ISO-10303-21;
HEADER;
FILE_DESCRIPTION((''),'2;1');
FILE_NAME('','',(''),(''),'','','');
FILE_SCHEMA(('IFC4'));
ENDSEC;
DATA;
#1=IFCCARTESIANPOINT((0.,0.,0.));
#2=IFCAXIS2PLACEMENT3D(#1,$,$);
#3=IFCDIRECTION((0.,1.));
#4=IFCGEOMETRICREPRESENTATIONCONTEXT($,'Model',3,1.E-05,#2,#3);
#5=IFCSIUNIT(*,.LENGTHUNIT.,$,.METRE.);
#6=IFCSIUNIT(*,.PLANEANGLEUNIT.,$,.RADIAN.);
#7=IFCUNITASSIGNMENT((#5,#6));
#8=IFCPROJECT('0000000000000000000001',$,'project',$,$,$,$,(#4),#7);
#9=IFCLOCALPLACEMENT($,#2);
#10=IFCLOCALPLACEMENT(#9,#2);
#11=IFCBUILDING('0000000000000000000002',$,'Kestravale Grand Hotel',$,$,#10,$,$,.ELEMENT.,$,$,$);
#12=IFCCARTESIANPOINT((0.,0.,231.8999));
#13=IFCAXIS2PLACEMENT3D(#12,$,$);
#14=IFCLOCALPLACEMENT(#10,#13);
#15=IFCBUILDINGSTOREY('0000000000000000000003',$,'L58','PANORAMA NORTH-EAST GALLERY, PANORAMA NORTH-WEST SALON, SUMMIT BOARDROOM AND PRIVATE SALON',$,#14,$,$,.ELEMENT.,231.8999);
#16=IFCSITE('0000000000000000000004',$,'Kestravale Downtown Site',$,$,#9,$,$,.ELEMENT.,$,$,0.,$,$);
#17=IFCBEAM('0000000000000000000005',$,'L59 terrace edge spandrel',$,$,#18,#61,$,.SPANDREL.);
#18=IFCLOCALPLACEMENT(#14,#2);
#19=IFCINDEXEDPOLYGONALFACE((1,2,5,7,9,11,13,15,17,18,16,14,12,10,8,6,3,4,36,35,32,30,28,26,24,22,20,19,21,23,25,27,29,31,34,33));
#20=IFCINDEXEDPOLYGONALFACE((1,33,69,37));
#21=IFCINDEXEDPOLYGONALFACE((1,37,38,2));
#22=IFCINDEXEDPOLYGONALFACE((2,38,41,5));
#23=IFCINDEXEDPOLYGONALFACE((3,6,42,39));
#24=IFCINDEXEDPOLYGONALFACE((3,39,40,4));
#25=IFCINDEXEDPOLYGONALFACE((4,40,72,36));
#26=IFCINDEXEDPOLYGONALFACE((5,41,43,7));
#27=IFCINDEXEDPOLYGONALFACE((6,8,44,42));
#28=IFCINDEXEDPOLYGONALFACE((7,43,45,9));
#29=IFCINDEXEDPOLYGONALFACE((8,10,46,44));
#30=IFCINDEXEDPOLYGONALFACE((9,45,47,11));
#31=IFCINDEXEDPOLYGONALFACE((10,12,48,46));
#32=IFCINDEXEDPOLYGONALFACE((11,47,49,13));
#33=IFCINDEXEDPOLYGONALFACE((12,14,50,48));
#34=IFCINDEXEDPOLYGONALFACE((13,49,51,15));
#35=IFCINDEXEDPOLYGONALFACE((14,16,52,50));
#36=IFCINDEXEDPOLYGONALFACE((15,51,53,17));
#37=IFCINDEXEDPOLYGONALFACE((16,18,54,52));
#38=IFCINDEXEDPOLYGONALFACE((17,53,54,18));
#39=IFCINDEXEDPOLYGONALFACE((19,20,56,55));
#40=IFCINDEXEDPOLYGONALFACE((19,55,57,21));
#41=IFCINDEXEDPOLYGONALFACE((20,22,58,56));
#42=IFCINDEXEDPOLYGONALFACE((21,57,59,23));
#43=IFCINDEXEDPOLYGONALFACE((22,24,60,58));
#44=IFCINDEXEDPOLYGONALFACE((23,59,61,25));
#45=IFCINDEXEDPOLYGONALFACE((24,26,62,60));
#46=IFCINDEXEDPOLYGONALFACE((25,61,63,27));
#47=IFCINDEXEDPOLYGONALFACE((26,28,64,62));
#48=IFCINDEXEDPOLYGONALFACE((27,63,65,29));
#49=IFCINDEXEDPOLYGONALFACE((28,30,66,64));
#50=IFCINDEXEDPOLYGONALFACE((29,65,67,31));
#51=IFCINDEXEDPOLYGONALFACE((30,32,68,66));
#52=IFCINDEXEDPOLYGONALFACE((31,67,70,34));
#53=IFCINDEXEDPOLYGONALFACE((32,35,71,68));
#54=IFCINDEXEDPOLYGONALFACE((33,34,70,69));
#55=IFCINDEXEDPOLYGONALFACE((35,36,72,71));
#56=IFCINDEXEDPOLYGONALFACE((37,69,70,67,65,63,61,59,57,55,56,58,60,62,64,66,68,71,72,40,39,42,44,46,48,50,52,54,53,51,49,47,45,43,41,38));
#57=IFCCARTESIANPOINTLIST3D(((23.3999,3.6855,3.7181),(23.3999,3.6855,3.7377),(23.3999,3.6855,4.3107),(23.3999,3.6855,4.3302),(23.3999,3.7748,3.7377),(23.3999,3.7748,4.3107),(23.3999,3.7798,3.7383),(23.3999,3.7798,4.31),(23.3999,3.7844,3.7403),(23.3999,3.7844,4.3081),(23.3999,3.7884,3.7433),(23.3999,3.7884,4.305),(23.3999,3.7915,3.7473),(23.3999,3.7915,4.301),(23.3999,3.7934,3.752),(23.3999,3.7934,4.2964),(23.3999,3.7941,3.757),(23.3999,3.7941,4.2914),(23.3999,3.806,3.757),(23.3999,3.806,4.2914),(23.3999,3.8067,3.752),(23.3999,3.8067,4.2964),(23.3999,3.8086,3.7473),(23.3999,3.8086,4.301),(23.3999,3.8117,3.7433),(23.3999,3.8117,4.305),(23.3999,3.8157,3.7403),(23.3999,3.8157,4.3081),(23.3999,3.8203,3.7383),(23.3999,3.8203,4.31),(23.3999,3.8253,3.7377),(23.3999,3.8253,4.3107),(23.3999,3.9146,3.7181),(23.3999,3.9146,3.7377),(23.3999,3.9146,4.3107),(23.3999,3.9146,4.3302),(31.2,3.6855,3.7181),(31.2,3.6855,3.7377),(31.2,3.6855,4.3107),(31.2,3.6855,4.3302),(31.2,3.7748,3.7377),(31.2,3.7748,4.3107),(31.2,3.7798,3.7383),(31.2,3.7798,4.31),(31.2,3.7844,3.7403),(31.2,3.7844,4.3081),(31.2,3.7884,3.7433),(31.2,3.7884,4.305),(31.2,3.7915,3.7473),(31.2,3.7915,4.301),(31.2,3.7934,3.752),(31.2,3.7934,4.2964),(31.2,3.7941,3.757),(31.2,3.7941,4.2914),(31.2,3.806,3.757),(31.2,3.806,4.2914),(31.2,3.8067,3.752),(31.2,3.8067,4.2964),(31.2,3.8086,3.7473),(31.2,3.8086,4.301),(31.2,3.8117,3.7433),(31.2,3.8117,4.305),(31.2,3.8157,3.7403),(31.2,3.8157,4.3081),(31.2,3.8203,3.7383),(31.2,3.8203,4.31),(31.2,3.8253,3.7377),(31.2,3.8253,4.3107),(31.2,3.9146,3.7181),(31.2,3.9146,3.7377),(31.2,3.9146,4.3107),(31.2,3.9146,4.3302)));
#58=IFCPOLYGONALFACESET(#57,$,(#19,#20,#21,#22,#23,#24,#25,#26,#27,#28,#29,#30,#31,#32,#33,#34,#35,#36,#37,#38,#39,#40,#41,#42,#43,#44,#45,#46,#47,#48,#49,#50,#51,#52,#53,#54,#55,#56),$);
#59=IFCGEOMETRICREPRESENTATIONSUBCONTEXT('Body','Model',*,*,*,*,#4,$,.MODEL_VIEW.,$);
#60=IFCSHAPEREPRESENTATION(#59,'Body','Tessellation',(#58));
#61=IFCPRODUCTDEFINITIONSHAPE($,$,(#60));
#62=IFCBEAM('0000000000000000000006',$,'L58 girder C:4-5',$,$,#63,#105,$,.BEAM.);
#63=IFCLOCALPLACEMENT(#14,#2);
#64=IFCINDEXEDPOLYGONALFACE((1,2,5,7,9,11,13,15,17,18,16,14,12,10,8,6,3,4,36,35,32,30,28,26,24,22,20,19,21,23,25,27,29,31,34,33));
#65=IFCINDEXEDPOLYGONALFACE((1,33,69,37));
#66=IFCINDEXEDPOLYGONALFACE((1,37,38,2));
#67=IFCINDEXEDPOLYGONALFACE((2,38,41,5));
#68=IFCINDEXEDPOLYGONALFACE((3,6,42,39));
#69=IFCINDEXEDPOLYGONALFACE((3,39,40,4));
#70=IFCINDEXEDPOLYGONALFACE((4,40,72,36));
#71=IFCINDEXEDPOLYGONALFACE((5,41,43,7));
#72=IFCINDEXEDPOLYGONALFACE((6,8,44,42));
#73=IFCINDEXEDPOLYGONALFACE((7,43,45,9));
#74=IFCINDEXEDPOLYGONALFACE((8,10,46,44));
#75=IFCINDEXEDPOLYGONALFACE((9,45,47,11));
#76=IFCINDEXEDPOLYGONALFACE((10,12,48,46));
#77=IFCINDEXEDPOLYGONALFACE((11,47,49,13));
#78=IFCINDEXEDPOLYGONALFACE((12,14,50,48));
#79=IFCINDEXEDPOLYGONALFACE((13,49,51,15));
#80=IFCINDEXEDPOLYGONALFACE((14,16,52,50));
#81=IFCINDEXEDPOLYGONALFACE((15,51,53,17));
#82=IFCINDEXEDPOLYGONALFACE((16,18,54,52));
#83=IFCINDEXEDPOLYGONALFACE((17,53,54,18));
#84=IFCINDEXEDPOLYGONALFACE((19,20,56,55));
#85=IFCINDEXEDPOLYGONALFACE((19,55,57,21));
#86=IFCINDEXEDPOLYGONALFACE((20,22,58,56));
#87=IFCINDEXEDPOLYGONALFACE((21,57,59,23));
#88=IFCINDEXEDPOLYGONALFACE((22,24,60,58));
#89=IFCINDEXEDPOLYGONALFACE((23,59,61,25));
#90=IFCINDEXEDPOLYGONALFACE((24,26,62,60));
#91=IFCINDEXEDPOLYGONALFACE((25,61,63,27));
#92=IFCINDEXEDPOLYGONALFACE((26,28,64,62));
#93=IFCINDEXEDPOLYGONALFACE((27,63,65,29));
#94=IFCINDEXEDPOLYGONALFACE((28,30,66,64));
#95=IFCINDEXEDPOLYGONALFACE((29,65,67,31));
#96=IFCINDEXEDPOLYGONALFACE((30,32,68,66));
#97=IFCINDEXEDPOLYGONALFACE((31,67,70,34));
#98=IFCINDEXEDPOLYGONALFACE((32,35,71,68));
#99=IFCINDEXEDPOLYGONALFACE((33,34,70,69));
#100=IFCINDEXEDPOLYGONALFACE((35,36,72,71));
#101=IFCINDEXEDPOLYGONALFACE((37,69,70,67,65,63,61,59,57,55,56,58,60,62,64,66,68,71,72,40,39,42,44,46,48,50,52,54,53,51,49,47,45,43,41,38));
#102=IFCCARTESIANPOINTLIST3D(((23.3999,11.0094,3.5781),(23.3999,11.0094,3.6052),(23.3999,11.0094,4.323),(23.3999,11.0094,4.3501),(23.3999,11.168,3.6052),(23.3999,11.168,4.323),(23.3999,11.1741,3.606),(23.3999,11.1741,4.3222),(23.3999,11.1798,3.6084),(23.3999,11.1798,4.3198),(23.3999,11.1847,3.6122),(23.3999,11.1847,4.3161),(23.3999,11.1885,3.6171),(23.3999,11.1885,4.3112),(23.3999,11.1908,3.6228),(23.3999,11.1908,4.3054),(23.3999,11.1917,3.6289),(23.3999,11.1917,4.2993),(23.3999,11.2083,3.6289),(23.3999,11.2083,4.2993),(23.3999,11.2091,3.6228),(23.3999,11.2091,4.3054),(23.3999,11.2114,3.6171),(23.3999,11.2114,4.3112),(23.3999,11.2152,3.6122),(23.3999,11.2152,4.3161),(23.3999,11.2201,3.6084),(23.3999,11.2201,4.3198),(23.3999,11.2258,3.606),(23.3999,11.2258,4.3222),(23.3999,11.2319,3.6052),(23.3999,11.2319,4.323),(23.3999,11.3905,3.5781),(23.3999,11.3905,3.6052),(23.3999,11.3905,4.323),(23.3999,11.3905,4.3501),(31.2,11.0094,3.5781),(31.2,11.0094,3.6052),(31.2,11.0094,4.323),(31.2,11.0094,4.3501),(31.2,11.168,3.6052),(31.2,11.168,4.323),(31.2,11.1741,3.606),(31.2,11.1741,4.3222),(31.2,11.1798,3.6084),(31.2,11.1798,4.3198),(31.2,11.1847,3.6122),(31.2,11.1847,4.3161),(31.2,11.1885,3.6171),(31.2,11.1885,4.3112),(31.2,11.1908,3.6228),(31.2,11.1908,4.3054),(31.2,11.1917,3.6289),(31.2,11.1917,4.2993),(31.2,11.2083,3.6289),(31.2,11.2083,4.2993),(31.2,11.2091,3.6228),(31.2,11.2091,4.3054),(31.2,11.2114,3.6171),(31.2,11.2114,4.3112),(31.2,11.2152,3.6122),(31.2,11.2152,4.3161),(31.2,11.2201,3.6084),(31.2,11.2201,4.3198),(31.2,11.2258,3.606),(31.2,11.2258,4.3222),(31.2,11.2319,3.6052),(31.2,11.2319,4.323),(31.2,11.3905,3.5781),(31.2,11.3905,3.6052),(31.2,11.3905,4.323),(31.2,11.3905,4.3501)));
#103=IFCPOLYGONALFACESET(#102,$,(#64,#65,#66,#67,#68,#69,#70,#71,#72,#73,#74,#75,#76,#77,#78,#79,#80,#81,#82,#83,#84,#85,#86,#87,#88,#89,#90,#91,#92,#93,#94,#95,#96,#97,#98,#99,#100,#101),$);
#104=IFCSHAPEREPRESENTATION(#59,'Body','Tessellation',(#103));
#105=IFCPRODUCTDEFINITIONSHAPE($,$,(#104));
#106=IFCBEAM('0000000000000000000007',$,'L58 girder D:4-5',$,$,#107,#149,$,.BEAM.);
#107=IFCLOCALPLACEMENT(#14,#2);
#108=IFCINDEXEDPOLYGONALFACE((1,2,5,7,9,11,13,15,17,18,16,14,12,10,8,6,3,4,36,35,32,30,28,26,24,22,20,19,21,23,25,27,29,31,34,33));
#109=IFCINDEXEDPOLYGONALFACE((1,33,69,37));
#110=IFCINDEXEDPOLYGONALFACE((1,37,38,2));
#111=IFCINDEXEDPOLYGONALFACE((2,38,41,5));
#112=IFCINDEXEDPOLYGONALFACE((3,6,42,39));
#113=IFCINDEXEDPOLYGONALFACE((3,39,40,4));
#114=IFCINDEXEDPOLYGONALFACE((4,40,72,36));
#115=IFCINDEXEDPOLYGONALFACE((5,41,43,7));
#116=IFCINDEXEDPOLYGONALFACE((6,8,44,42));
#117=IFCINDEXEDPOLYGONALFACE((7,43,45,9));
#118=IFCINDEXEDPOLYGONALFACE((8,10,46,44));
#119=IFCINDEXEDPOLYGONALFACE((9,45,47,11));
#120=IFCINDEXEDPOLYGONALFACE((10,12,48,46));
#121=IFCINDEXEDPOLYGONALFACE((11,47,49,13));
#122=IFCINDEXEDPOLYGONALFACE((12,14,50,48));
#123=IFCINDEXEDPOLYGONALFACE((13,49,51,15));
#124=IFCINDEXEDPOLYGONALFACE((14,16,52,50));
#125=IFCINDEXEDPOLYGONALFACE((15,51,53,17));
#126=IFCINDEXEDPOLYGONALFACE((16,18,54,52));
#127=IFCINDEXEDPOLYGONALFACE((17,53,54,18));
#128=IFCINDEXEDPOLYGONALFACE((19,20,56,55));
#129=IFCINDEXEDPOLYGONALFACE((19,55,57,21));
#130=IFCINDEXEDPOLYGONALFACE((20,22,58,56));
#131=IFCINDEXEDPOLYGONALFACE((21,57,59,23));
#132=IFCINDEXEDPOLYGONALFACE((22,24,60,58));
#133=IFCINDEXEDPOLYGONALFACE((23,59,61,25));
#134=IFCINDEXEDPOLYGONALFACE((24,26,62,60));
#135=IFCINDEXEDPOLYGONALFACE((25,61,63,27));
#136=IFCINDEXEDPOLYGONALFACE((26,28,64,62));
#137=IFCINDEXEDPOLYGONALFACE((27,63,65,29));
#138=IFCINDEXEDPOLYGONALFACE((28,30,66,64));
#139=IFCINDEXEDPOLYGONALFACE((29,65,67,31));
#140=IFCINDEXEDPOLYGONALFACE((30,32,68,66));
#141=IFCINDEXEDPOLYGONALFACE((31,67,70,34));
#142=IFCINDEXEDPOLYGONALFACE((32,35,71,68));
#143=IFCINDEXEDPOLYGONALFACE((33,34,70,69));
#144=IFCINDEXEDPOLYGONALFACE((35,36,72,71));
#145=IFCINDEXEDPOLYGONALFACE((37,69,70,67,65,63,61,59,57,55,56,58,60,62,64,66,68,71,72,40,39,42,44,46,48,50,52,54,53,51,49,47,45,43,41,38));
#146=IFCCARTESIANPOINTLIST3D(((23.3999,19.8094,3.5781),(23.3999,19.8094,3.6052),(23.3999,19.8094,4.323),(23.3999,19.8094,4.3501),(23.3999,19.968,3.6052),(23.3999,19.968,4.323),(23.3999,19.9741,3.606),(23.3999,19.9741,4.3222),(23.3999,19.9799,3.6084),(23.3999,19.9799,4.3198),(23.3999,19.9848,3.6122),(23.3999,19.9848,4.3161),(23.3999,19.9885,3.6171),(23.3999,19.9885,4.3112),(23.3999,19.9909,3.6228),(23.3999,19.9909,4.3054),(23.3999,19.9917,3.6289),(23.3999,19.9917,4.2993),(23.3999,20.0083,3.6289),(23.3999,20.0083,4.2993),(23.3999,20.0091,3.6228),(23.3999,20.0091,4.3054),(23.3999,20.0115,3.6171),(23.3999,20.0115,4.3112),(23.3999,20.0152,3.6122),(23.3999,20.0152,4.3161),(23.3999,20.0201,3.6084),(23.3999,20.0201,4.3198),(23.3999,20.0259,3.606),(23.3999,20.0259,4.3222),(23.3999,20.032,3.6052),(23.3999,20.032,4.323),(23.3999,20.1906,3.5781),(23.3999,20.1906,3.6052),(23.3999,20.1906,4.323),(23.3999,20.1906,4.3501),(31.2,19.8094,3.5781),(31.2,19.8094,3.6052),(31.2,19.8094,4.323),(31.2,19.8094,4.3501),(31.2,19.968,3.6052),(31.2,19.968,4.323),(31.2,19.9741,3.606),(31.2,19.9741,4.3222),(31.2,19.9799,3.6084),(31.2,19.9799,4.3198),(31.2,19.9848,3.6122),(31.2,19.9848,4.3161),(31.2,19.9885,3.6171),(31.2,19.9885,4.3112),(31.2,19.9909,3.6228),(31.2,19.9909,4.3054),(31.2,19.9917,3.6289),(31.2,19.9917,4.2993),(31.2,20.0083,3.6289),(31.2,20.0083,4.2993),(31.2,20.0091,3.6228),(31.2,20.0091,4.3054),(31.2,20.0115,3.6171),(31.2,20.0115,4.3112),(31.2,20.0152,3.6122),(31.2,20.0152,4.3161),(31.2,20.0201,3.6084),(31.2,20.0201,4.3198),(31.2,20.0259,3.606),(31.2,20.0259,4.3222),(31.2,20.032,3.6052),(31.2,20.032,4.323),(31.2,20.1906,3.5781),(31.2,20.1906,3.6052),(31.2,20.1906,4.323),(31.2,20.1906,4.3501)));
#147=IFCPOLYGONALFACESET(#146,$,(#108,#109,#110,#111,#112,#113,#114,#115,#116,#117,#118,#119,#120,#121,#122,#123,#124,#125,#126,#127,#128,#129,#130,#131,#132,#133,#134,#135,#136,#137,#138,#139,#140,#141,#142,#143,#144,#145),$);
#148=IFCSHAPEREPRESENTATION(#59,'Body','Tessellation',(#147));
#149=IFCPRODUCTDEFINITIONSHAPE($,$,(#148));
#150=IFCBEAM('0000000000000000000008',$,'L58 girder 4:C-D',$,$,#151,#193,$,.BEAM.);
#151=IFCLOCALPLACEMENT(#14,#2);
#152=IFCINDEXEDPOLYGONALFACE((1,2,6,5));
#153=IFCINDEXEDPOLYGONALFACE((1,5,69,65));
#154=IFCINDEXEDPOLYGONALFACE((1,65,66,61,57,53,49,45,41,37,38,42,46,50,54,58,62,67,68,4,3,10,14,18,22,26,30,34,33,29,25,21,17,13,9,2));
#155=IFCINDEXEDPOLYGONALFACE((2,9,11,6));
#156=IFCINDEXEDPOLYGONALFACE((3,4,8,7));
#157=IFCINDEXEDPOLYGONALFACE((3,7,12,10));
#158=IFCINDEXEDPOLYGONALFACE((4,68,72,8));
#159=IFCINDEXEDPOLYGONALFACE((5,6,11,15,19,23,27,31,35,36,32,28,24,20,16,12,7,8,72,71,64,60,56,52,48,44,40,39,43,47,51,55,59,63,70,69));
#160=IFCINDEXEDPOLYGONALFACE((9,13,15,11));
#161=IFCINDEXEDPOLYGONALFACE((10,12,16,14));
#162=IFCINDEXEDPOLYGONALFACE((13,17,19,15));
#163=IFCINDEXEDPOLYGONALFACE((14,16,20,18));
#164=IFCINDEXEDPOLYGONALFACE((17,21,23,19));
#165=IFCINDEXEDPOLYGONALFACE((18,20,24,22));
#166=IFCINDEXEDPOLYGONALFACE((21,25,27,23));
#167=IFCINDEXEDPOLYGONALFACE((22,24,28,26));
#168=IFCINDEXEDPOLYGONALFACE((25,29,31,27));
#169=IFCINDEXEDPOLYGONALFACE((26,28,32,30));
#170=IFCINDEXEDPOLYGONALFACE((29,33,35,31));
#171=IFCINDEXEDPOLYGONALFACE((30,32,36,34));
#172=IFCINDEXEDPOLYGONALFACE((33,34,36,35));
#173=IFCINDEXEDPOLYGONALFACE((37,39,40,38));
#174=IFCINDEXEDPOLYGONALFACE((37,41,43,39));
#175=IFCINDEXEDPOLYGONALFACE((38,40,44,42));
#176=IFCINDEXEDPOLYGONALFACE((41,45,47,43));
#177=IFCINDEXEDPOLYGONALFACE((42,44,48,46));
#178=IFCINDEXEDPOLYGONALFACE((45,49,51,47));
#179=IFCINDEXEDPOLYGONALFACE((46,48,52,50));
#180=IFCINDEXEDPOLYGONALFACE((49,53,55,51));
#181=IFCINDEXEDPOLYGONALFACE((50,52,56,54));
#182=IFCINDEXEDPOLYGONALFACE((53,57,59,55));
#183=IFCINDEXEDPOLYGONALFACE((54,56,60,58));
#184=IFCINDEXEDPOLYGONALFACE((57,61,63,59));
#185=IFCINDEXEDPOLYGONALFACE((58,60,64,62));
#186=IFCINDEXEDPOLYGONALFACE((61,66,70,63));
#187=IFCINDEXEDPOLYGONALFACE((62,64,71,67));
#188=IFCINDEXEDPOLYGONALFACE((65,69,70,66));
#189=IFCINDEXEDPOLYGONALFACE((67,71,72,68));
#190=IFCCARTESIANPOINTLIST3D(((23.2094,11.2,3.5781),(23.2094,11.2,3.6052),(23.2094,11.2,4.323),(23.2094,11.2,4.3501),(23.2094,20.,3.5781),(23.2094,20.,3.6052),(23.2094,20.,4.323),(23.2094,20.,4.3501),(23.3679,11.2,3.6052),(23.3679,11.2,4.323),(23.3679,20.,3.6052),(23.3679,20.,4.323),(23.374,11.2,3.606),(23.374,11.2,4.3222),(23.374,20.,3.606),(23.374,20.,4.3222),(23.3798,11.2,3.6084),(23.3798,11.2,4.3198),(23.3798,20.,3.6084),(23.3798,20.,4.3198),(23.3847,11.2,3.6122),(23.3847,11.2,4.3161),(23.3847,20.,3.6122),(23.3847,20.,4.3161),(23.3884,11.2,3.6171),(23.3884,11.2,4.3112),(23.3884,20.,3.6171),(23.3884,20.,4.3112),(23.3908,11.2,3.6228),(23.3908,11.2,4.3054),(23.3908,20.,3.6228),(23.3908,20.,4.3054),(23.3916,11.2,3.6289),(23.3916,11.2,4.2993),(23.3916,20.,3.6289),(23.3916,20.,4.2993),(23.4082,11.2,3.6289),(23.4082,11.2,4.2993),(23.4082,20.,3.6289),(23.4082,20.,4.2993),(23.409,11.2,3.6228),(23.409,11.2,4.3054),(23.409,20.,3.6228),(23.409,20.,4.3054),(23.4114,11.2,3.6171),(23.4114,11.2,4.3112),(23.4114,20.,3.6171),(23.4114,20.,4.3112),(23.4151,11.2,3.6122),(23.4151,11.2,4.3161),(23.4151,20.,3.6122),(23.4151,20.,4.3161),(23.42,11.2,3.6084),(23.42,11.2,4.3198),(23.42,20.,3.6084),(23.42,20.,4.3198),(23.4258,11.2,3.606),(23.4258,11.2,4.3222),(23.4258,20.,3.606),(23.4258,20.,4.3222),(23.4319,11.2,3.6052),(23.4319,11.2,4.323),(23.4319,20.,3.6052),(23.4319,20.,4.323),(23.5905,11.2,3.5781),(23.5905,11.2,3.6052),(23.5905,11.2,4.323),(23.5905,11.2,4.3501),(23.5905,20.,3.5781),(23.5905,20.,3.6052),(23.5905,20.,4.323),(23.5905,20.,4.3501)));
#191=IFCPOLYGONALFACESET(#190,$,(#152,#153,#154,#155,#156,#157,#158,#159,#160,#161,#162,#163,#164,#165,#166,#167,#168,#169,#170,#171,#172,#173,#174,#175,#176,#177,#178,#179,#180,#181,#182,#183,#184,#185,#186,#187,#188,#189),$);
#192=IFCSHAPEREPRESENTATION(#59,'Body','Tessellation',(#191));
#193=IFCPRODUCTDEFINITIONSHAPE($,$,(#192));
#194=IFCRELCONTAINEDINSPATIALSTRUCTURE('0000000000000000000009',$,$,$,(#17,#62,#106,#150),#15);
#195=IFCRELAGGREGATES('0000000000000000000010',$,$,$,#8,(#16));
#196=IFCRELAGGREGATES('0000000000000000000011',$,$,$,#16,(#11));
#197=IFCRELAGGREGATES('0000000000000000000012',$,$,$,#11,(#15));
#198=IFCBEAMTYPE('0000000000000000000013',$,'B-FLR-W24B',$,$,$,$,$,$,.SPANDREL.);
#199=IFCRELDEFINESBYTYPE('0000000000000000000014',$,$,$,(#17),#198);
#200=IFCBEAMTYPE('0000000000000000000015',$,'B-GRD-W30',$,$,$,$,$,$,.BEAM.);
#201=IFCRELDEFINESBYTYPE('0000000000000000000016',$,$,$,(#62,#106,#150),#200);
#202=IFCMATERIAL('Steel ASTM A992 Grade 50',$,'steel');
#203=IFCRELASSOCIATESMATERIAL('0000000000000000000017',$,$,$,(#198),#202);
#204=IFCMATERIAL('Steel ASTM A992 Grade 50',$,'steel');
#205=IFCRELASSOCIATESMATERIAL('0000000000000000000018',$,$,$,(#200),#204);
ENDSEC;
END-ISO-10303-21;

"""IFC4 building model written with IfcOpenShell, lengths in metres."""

from ifc_helpers import new_model, si_unit, direction, frame, origin, origin_2d, place, context, subcontext, project, spatial, i_section, extrude, material, material_profile, profile_set, type_object, element, save


model = new_model("IFC4")

# Units and contexts
model_context = context("Model", 3, precision=1e-05, world=origin(), true_north=direction((0.0, 1.0)))
body_context = subcontext(model_context, "Body", "Model", "MODEL_VIEW")
ifc_project = project(units=[si_unit("LENGTHUNIT", "METRE"), si_unit("PLANEANGLEUNIT", "RADIAN")], contexts=[model_context])

# Site, building, storey
site_placement = place(None, origin())
site = spatial("IfcSite", under=ifc_project, at=site_placement, Name="Kestravale Downtown Site", CompositionType="ELEMENT", RefElevation=0.0)
building_placement = place(site_placement, origin())
building = spatial("IfcBuilding", under=site, at=building_placement, Name="Kestravale Grand Hotel", CompositionType="ELEMENT")
storey_placement = place(building_placement, frame((0.0, 0.0, 231.8999)))
storey = spatial("IfcBuildingStorey", under=building, at=storey_placement, Name="L58", Description="PANORAMA NORTH-EAST GALLERY, PANORAMA NORTH-WEST SALON, SUMMIT BOARDROOM AND PRIVATE SALON", CompositionType="ELEMENT", Elevation=231.8999)

# Beams
ifc_material_1 = material(Name="Steel ASTM A992 Grade 50", Category="steel")
ifc_material_profile_1 = material_profile(ifc_material_1, i_section(OverallWidth=0.229, OverallDepth=0.6121, WebThickness=0.012, FlangeThickness=0.0195, FilletRadius=0.0193, at=origin_2d()))
ifc_profile_set_1 = profile_set([ifc_material_profile_1], Name="Steel ASTM A992 Grade 50")
beam_type_1 = type_object("IfcBeamType", Name="B-FLR-W24B", PredefinedType="SPANDREL", material=ifc_profile_set_1)
beam_1_placement = place(storey_placement, frame((23.3999, 3.8, 4.0242), z_axis=(1.0, 0.0, 0.0), x_axis=(0.0, 1.0, 0.0)))
element("IfcBeam", 1, at=beam_1_placement, inside=storey, type_object=beam_type_1, Name="L59 terrace edge spandrel", PredefinedType="SPANDREL", context=body_context, shape_type="SweptSolid", body=[
    extrude(i_section(OverallWidth=0.229, OverallDepth=0.6121, WebThickness=0.012, FlangeThickness=0.0195, FilletRadius=0.0193, at=origin_2d()), origin(), (0.0, 0.0, 1.0), 7.8),
])
ifc_material_2 = material(Name="Steel ASTM A992 Grade 50", Category="steel")
ifc_material_profile_2 = material_profile(ifc_material_2, i_section(OverallWidth=0.3811, OverallDepth=0.772, WebThickness=0.0166, FlangeThickness=0.0271, FilletRadius=0.0237, at=origin_2d()))
ifc_profile_set_2 = profile_set([ifc_material_profile_2], Name="Steel ASTM A992 Grade 50")
beam_type_2 = type_object("IfcBeamType", Name="B-GRD-W30", PredefinedType="BEAM", material=ifc_profile_set_2)
for number, where, z_axis, x_axis, name in (
    (2, (23.3999, 11.2, 3.9641), (1.0, 0.0, 0.0), (0.0, 1.0, 0.0), "L58 girder C:4-5"),
    (3, (23.3999, 20.0, 3.9641), (1.0, 0.0, 0.0), (0.0, 1.0, 0.0), "L58 girder D:4-5"),
):
    element("IfcBeam", number, at=place(storey_placement, frame(where, z_axis=z_axis, x_axis=x_axis)), inside=storey, type_object=beam_type_2, Name=name, PredefinedType="BEAM", context=body_context, shape_type="SweptSolid", body=[
        extrude(i_section(OverallWidth=0.3811, OverallDepth=0.772, WebThickness=0.0166, FlangeThickness=0.0271, FilletRadius=0.0237, at=origin_2d()), origin(), (0.0, 0.0, 1.0), 7.8),
    ])
beam_2_placement = place(storey_placement, frame((23.3999, 11.2, 3.9641), z_axis=(0.0, 1.0, 0.0), x_axis=(-1.0, 0.0, 0.0)))
element("IfcBeam", 4, at=beam_2_placement, inside=storey, type_object=beam_type_2, Name="L58 girder 4:C-D", PredefinedType="BEAM", context=body_context, shape_type="SweptSolid", body=[
    extrude(i_section(OverallWidth=0.3811, OverallDepth=0.772, WebThickness=0.0166, FlangeThickness=0.0271, FilletRadius=0.0237, at=origin_2d()), origin(), (0.0, 0.0, 1.0), 8.8),
])

save(model, "model.ifc")
